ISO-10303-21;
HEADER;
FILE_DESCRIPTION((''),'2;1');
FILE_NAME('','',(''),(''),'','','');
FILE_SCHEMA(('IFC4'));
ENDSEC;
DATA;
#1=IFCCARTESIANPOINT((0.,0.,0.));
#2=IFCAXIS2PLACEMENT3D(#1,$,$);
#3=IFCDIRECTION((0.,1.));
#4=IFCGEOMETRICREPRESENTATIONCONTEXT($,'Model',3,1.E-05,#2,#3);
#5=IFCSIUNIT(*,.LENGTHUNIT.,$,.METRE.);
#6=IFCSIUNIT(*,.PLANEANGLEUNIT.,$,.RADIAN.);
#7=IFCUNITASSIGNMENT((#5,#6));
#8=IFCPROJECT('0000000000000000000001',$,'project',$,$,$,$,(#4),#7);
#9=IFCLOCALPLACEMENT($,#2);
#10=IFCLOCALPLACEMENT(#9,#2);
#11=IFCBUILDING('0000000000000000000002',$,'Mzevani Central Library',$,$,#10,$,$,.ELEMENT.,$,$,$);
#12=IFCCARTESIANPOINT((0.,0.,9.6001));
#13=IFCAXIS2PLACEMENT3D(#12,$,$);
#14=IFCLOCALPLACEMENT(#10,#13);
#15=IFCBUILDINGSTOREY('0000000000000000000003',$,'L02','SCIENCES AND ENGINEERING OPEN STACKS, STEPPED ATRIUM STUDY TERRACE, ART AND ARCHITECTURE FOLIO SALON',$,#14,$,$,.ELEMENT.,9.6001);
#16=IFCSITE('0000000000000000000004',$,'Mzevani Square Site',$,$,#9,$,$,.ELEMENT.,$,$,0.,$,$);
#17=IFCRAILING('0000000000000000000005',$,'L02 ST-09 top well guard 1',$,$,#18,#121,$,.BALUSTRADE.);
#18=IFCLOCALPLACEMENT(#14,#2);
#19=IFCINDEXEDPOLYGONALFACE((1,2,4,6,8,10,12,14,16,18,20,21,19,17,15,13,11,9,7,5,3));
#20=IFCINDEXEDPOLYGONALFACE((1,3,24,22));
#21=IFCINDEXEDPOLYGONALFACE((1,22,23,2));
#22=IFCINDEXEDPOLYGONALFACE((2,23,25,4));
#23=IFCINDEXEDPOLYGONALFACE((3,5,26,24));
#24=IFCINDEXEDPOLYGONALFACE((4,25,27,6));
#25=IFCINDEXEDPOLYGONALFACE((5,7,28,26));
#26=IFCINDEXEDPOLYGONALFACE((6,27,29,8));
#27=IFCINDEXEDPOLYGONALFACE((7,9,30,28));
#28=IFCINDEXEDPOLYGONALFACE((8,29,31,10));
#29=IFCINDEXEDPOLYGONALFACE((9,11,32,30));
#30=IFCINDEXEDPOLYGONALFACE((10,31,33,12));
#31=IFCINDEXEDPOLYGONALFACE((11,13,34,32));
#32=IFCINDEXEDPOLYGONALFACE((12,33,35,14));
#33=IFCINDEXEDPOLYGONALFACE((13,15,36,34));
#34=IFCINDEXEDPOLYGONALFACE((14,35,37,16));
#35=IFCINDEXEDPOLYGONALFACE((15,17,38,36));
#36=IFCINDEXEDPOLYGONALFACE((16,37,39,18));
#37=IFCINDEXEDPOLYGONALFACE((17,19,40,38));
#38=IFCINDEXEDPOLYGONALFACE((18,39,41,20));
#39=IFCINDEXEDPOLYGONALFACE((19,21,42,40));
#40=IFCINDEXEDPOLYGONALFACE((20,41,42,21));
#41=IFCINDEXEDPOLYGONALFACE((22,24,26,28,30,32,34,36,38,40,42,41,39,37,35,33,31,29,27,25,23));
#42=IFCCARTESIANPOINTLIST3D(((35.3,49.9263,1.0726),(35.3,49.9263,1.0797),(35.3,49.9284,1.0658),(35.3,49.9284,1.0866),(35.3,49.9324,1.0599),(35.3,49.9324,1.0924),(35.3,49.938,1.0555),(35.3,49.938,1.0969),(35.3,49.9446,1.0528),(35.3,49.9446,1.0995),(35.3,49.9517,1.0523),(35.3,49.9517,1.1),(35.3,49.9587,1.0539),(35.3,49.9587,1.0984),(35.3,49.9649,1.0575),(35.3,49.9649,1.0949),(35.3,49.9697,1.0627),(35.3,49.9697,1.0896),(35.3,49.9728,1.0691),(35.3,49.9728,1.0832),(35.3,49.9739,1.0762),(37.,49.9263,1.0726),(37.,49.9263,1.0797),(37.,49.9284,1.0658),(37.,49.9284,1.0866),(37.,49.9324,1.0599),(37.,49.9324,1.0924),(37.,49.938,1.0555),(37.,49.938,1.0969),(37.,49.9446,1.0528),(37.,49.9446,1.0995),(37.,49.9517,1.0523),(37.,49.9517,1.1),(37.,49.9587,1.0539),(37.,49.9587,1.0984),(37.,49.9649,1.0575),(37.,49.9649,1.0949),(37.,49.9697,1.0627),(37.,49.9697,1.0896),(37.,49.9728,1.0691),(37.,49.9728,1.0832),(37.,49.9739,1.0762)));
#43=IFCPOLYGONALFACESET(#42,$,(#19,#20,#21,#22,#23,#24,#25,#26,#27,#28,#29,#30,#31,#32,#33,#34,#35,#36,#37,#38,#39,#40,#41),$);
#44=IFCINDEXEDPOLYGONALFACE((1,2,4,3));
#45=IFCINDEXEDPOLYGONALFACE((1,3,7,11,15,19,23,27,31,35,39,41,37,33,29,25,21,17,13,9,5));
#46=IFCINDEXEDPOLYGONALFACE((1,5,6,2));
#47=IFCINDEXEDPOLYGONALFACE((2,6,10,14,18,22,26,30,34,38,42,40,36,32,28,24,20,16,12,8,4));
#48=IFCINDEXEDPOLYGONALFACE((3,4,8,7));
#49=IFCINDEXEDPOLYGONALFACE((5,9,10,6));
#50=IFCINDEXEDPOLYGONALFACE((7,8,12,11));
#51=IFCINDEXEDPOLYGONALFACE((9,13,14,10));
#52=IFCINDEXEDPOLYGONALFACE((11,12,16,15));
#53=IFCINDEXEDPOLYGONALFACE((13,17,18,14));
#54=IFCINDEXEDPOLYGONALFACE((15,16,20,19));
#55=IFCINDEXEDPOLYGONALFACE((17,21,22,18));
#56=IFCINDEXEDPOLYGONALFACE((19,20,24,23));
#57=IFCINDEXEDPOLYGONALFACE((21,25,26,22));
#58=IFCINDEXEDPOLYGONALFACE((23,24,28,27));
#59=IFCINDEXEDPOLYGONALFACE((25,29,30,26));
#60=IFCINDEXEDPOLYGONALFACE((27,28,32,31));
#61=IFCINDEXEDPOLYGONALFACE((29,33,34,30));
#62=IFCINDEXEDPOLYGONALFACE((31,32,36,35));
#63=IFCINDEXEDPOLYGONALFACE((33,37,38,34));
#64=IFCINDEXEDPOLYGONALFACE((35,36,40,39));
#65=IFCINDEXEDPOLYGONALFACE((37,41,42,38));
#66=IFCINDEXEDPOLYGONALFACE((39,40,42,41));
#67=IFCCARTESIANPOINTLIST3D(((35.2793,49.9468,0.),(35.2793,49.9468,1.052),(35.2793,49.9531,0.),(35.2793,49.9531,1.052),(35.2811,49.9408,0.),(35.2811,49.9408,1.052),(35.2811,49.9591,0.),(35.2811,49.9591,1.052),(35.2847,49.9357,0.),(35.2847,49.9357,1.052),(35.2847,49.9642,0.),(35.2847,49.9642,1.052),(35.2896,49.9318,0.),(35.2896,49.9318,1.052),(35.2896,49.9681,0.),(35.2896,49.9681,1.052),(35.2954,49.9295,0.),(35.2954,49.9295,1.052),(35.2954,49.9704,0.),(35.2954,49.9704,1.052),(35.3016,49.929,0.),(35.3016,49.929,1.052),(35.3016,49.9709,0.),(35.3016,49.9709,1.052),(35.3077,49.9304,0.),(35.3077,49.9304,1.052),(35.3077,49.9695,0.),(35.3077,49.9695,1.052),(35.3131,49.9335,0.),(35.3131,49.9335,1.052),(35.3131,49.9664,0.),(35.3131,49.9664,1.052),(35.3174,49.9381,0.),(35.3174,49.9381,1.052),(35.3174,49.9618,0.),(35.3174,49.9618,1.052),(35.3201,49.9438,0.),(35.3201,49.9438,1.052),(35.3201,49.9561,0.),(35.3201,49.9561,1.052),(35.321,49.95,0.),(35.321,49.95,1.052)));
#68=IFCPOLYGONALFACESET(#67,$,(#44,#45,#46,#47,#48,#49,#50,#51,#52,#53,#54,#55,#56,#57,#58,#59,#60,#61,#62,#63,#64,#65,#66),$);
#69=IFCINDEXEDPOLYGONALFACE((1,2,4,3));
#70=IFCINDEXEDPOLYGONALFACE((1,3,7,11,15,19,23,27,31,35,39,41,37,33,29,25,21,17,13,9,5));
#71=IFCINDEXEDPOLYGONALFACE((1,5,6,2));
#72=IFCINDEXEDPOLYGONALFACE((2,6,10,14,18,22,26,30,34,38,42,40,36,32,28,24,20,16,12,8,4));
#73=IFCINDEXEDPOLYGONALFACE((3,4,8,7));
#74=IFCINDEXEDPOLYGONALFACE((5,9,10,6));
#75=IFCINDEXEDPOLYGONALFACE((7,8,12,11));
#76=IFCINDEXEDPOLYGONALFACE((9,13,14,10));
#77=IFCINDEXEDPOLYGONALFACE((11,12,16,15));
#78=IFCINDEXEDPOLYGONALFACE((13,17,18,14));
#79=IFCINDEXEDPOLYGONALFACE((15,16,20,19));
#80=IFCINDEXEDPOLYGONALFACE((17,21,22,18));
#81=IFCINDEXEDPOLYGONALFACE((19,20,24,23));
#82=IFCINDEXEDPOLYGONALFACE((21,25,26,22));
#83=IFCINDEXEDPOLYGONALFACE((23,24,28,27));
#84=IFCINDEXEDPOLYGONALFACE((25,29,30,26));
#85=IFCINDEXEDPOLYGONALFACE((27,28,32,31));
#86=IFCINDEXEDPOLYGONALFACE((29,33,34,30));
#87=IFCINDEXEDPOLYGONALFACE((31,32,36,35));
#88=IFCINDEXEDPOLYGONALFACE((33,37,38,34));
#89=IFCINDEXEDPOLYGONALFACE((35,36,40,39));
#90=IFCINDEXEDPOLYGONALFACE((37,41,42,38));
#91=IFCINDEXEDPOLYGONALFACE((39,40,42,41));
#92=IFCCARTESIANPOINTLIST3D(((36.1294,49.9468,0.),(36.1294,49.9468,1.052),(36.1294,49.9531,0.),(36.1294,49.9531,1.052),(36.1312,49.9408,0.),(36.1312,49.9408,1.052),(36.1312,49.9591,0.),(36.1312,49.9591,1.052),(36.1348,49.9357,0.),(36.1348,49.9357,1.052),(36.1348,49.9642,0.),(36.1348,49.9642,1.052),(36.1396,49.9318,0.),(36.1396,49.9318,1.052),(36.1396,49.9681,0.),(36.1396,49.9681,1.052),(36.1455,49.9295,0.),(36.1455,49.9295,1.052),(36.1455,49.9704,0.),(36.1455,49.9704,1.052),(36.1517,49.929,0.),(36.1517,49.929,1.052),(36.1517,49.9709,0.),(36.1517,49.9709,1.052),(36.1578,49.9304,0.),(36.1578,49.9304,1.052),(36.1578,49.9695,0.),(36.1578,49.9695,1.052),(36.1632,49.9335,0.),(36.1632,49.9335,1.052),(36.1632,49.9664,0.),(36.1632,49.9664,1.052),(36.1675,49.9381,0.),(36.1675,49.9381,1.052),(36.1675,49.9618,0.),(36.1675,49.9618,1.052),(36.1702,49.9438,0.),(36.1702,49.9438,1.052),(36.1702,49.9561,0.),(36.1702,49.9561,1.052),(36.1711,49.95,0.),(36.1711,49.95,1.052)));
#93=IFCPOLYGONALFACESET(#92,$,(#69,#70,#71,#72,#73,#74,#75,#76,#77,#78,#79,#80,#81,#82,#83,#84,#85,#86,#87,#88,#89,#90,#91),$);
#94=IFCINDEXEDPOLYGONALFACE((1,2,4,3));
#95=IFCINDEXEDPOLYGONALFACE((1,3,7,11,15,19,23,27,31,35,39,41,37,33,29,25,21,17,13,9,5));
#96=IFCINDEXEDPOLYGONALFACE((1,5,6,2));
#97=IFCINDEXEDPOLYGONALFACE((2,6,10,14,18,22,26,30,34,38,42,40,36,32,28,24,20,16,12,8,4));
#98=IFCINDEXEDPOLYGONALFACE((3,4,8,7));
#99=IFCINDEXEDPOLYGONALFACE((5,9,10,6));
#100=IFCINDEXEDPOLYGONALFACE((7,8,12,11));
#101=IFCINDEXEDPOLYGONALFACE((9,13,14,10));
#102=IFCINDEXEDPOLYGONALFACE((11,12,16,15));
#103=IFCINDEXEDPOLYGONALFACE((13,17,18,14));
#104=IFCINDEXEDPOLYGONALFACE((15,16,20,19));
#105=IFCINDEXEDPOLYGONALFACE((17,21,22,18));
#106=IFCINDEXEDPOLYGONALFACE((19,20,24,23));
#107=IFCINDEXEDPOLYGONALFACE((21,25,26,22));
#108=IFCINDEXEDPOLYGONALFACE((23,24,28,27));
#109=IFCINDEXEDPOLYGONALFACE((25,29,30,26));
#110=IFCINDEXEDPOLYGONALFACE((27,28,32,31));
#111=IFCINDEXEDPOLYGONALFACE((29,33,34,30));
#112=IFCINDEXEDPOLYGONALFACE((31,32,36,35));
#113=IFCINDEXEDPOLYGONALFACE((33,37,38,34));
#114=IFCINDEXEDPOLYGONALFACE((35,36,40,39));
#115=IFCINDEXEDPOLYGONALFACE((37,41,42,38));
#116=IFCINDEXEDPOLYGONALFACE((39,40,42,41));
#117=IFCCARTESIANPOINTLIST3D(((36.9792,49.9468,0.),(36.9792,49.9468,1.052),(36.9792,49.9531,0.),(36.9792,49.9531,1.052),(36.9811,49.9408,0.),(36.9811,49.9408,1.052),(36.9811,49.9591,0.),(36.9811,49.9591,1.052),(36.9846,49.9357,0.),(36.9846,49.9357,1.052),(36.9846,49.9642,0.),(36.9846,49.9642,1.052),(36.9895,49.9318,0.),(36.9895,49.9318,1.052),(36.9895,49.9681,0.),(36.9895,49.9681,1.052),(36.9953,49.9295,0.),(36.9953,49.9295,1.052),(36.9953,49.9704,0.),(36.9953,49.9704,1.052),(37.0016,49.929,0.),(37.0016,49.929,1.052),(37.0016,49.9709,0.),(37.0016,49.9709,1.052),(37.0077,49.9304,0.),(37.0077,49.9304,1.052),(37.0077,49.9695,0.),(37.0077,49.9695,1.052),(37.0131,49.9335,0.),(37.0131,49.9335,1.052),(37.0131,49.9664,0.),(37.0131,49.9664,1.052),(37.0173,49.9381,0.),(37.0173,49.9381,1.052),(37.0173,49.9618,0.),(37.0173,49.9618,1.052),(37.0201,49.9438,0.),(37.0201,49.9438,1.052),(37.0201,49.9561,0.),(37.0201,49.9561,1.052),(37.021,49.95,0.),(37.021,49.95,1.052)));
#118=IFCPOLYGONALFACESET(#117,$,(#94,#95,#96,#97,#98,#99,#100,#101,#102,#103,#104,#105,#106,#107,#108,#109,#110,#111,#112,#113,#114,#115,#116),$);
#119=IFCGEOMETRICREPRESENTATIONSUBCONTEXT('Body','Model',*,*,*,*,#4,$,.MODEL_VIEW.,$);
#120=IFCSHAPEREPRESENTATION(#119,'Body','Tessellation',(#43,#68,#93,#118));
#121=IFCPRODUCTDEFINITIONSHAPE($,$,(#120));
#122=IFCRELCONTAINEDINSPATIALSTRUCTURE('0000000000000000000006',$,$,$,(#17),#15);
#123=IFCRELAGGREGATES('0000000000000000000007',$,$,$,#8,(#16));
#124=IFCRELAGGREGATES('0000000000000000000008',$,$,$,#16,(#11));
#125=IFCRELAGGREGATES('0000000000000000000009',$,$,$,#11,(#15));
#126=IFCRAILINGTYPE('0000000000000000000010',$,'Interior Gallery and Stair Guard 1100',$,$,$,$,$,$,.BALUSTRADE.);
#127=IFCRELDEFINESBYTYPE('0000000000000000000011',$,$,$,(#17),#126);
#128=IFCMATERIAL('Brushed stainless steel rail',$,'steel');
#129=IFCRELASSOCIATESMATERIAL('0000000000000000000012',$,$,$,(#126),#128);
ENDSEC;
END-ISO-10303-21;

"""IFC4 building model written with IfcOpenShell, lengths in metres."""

from ifc_helpers import new_model, si_unit, direction, frame, origin, origin_2d, place, context, subcontext, project, spatial, circle, extrude, material, type_object, element, save


model = new_model("IFC4")

# Units and contexts
model_context = context("Model", 3, precision=1e-05, world=origin(), true_north=direction((0.0, 1.0)))
body_context = subcontext(model_context, "Body", "Model", "MODEL_VIEW")
ifc_project = project(units=[si_unit("LENGTHUNIT", "METRE"), si_unit("PLANEANGLEUNIT", "RADIAN")], contexts=[model_context])

# Site, building, storey
site_placement = place(None, origin())
site = spatial("IfcSite", under=ifc_project, at=site_placement, Name="Mzevani Square Site", CompositionType="ELEMENT", RefElevation=0.0)
building_placement = place(site_placement, origin())
building = spatial("IfcBuilding", under=site, at=building_placement, Name="Mzevani Central Library", CompositionType="ELEMENT")
storey_placement = place(building_placement, frame((0.0, 0.0, 9.6001)))
storey = spatial("IfcBuildingStorey", under=building, at=storey_placement, Name="L02", Description="SCIENCES AND ENGINEERING OPEN STACKS, STEPPED ATRIUM STUDY TERRACE, ART AND ARCHITECTURE FOLIO SALON", CompositionType="ELEMENT", Elevation=9.6001)

# Railing
ifc_material_1 = material(Name="Brushed stainless steel rail", Category="steel")
railing_type = type_object("IfcRailingType", Name="Interior Gallery and Stair Guard 1100", PredefinedType="BALUSTRADE", material=ifc_material_1)
railing_1_placement = place(storey_placement, frame((35.3, 49.95, 0.0)))
element("IfcRailing", 1, at=railing_1_placement, inside=storey, type_object=railing_type, Name="L02 ST-09 top well guard 1", PredefinedType="BALUSTRADE", context=body_context, shape_type="SweptSolid", body=[
    extrude(circle(Radius=0.0239, at=origin_2d()), frame((0.0, 0.0, 1.0762), z_axis=(1.0, 0.0, 0.0), x_axis=(0.0, 1.0, 0.0)), (0.0, 0.0, 1.0), 1.7),
    extrude(circle(Radius=0.021, at=origin_2d()), origin(), (0.0, 0.0, 1.0), 1.052),
    extrude(circle(Radius=0.021, at=origin_2d()), frame((0.8501, 0.0, 0.0)), (0.0, 0.0, 1.0), 1.052),
    extrude(circle(Radius=0.021, at=origin_2d()), frame((1.7, 0.0, 0.0)), (0.0, 0.0, 1.0), 1.052),
])

save(model, "model.ifc")
